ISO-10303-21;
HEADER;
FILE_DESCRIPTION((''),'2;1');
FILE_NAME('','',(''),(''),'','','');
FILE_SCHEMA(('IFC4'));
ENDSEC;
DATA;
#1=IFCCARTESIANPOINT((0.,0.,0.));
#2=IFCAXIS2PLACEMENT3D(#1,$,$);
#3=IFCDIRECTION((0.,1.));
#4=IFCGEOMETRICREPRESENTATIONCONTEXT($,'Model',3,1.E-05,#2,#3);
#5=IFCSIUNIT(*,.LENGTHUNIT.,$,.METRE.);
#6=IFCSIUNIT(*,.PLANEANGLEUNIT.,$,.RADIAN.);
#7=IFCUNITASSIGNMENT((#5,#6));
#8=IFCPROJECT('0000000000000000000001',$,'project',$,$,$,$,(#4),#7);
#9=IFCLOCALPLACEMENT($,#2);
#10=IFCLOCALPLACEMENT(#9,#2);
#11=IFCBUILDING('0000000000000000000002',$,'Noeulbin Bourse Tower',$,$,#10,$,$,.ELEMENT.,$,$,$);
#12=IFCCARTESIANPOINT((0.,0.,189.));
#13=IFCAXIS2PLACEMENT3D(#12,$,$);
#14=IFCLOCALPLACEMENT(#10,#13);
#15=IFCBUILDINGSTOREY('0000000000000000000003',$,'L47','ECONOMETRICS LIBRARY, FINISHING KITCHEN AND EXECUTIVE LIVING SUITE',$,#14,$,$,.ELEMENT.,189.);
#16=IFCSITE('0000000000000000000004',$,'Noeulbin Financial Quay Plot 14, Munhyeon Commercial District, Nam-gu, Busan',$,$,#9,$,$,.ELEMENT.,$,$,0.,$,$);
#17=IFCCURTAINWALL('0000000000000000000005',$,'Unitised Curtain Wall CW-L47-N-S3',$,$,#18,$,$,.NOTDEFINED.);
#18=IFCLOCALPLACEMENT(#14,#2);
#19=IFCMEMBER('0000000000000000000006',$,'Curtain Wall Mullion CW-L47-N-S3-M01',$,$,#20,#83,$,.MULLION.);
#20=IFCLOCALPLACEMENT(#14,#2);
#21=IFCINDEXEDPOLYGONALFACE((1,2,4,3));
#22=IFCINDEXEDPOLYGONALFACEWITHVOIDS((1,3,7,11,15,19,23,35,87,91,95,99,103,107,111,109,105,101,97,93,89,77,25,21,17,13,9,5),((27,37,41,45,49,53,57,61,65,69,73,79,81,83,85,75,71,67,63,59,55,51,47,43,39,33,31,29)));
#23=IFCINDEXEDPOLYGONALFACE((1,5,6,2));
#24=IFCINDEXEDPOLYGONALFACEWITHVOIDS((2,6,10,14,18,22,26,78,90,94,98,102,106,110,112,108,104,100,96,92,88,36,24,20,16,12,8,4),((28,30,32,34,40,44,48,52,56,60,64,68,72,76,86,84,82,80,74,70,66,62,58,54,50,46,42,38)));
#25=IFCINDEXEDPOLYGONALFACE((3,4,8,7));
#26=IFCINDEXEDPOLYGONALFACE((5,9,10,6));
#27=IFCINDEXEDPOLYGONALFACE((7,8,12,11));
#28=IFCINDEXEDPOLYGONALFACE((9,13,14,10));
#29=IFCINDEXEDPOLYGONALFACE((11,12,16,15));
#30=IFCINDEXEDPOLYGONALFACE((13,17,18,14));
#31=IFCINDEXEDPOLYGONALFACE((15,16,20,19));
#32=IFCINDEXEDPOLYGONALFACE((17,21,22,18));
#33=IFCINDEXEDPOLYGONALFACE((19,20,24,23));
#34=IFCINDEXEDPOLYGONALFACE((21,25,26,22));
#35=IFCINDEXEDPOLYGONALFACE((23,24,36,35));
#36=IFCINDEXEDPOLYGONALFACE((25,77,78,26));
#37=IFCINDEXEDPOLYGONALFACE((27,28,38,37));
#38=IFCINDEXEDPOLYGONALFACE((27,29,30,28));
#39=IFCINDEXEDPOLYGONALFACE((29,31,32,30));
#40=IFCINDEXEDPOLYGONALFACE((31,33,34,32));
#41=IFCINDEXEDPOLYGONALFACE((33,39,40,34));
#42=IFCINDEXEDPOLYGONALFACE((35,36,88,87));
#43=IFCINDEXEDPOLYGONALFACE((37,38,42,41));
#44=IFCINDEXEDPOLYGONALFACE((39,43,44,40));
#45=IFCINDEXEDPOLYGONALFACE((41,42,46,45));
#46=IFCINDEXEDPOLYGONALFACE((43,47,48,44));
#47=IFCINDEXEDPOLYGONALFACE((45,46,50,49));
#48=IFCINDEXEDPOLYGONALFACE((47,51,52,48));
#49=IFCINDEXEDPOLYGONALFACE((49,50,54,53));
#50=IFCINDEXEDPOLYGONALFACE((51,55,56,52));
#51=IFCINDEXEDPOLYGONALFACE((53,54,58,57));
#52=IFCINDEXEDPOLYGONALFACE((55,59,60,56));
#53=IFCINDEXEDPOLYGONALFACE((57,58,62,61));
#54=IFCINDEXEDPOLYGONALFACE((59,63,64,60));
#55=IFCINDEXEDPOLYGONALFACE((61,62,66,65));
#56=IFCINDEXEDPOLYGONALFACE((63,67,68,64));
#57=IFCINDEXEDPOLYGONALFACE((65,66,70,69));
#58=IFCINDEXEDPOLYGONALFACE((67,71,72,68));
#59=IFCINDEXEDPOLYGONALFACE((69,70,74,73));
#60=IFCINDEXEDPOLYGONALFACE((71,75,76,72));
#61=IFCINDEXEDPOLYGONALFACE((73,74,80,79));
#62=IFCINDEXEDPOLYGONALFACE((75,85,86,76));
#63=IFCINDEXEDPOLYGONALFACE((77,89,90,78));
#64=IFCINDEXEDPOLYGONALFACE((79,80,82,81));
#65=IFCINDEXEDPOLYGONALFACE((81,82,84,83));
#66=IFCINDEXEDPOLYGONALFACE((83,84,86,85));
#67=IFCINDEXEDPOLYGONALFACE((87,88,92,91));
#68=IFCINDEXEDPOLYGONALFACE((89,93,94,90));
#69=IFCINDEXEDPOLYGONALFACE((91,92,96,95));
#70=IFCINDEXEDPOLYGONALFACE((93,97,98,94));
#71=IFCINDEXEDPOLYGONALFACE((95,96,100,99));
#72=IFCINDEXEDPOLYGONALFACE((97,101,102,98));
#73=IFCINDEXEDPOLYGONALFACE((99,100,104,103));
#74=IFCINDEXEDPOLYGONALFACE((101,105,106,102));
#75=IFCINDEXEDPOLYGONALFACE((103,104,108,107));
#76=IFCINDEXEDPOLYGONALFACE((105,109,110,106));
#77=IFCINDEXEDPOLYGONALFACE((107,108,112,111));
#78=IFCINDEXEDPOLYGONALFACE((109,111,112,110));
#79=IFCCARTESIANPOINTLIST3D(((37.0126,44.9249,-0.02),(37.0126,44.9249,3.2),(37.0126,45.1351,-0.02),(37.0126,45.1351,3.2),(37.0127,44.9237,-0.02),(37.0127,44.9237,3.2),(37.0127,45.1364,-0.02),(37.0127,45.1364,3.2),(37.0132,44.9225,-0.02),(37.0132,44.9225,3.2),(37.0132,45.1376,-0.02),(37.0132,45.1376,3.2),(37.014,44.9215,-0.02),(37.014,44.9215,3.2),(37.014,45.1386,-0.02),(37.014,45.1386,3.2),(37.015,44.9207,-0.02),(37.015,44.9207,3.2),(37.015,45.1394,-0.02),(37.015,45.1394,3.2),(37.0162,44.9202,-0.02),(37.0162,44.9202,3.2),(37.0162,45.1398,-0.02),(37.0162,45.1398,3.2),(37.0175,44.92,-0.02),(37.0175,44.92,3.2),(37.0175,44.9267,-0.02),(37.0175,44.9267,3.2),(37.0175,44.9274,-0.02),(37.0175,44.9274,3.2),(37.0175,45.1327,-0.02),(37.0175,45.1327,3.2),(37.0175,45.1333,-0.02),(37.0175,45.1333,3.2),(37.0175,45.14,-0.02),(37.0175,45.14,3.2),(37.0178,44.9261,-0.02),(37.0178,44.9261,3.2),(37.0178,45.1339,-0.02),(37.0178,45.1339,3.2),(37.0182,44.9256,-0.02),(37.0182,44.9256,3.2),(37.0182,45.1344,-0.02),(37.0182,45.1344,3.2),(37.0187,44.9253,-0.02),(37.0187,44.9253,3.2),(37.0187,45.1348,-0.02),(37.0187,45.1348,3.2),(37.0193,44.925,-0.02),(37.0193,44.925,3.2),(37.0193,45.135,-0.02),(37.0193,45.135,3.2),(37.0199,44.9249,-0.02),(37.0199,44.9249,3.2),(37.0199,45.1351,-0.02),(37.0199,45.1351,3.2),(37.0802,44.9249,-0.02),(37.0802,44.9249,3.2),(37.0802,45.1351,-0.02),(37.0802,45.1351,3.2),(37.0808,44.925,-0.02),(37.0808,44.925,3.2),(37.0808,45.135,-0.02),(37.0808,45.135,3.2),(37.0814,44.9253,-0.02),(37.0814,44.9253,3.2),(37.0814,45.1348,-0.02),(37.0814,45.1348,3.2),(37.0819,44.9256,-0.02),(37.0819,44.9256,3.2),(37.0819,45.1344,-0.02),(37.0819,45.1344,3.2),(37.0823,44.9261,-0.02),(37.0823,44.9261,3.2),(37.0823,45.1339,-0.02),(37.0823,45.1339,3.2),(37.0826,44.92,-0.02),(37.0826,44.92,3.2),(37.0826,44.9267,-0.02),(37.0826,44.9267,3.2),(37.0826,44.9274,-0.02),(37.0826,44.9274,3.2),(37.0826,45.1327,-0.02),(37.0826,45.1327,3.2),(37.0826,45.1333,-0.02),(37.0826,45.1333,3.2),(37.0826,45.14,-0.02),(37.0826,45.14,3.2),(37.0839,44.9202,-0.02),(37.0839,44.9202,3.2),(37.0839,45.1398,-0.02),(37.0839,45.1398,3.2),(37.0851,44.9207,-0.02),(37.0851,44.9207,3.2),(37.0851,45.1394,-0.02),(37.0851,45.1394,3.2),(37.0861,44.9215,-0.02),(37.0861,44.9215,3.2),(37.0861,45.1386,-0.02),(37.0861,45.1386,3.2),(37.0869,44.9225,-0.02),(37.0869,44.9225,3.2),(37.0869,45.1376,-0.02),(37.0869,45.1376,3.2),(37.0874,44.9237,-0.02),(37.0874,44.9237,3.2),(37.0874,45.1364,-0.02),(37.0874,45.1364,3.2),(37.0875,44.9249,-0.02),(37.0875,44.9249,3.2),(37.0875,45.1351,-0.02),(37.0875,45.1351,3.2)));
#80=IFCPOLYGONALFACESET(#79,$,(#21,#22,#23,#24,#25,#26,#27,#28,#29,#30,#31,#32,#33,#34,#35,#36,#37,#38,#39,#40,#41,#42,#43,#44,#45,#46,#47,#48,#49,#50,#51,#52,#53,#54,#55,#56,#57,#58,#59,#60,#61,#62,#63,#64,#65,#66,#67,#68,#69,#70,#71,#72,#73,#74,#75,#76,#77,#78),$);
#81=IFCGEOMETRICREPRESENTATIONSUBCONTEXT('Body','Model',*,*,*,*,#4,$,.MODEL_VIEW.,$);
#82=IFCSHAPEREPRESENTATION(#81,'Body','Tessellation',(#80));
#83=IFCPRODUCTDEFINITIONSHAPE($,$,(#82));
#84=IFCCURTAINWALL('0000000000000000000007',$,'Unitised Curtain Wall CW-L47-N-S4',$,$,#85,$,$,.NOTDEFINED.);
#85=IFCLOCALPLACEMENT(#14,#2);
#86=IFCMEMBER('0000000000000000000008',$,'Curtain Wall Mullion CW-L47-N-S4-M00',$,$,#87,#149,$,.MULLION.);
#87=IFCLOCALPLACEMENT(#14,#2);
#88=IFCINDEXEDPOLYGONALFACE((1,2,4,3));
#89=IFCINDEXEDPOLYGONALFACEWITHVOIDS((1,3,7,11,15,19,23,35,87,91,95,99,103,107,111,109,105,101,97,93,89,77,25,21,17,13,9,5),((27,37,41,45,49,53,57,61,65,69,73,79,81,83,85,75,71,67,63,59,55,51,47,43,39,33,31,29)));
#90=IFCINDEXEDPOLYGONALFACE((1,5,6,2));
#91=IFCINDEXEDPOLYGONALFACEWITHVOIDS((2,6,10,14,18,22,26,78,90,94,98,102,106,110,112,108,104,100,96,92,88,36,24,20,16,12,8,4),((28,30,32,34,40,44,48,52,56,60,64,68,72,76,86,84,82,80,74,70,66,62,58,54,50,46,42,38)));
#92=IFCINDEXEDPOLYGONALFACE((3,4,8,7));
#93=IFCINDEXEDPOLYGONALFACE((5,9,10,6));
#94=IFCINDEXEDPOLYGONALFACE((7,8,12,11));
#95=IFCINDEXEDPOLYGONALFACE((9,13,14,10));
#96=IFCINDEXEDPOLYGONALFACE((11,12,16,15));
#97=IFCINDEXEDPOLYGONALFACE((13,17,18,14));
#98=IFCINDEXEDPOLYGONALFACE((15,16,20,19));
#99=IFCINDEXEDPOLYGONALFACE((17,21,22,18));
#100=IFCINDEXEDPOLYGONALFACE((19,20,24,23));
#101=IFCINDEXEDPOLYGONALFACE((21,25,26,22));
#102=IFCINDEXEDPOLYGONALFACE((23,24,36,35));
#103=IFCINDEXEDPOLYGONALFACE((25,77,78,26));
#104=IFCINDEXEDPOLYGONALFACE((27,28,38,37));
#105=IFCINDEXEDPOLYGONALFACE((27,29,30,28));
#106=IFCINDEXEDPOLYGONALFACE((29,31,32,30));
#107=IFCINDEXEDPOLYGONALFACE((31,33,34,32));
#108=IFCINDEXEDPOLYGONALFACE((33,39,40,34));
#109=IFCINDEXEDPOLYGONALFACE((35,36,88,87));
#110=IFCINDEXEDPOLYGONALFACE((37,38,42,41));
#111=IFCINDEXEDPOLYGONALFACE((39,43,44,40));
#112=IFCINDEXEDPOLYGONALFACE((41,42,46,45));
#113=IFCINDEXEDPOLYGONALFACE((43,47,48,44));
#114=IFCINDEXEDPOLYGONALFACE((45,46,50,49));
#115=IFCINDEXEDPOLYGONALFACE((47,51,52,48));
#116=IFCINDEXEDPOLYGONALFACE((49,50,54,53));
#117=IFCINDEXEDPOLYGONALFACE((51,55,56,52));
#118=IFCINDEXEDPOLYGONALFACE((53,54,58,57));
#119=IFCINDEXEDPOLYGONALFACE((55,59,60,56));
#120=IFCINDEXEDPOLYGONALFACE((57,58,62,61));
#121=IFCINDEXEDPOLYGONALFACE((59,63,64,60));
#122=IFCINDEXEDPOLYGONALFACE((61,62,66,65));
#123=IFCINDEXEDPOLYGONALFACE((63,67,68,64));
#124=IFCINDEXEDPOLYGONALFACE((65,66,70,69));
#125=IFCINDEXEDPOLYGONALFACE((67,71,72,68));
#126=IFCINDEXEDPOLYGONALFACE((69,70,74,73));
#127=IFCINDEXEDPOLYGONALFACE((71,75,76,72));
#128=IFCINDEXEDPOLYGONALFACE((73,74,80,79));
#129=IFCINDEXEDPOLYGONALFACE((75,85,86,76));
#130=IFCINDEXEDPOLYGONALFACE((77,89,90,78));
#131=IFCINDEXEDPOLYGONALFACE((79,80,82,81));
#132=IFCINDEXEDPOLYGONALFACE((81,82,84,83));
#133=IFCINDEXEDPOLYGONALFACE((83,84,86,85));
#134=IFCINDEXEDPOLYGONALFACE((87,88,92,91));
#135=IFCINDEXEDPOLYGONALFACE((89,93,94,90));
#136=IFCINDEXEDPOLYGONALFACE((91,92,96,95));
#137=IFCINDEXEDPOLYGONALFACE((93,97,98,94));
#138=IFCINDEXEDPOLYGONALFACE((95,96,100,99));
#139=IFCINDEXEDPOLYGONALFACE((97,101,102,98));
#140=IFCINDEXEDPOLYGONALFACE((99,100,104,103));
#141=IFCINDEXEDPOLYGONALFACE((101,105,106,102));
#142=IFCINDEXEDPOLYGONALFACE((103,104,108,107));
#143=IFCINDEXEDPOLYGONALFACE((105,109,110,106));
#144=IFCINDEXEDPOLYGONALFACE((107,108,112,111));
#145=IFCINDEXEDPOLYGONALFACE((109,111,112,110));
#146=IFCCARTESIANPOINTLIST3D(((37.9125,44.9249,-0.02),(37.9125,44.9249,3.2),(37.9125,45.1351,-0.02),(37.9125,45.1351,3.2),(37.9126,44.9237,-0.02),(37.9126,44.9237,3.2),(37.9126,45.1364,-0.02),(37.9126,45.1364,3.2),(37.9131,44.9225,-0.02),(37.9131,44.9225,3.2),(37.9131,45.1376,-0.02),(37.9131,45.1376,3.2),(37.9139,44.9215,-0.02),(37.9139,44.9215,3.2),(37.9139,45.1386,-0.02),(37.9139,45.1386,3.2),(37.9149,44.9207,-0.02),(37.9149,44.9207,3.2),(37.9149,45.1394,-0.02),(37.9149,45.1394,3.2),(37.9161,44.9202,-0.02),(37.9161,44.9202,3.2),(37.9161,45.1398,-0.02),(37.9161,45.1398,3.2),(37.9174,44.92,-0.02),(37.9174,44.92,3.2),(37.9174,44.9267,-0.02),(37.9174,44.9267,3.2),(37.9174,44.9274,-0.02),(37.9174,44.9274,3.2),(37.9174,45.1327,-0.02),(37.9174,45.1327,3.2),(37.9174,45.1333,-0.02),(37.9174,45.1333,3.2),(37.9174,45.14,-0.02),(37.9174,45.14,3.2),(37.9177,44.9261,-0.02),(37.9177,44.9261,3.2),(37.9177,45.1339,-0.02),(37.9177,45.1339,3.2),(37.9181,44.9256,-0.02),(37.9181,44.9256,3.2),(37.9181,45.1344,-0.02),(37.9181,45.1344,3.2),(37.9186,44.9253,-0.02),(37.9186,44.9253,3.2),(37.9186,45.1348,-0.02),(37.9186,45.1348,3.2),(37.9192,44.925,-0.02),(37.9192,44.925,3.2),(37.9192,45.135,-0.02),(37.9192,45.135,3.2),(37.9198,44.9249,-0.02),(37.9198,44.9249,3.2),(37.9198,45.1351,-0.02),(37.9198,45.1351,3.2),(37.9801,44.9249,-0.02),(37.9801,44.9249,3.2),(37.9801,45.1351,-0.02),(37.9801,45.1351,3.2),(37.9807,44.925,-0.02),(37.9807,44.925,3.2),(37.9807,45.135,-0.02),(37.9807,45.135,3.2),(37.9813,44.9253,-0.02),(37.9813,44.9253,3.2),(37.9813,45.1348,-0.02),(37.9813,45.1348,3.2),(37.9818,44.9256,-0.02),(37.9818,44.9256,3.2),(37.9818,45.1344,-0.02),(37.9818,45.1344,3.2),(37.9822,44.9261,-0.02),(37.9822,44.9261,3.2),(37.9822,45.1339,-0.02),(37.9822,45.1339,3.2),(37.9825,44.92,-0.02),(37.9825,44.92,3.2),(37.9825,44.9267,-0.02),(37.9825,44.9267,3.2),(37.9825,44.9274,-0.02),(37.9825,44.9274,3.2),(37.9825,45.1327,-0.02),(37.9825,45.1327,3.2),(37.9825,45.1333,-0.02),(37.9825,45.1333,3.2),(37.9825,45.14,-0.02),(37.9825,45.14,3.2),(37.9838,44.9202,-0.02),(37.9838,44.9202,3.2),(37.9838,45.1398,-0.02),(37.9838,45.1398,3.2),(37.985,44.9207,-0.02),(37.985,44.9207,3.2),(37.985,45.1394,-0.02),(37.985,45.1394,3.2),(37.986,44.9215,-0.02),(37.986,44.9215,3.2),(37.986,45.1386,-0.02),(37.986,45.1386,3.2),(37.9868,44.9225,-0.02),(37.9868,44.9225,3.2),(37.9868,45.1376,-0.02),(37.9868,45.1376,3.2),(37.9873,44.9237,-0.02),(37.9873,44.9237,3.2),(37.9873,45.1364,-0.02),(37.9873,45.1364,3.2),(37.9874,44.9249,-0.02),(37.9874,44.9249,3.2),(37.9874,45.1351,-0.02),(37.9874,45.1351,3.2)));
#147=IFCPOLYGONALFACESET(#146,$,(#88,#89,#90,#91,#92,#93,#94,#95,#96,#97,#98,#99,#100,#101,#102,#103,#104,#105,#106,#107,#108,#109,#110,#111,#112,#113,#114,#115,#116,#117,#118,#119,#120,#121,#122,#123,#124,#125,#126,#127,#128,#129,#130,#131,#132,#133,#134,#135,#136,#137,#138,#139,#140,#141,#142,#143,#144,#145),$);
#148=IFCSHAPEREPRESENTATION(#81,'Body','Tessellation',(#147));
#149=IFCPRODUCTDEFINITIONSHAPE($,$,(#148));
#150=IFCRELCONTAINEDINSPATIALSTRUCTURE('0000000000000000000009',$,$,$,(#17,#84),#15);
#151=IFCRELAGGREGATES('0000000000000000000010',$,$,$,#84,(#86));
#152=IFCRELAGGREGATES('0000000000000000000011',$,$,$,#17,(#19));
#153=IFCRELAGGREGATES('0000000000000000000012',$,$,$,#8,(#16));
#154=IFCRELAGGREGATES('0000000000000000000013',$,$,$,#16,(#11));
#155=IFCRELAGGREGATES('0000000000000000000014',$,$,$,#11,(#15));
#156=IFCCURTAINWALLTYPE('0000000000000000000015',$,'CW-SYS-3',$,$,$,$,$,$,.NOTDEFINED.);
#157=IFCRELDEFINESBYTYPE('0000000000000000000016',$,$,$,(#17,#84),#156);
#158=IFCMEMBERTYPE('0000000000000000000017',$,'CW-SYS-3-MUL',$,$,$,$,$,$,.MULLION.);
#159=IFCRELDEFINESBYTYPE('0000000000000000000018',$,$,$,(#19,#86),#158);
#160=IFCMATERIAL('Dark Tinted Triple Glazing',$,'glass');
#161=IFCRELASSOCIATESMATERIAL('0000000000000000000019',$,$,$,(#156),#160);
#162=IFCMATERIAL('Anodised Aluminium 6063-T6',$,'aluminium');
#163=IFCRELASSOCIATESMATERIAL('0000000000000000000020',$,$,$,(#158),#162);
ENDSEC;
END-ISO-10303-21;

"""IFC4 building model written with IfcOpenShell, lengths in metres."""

from ifc_helpers import new_model, si_unit, direction, frame, origin, origin_2d, place, context, subcontext, project, spatial, hollow_rectangle, extrude, material, material_profile, profile_set, type_object, element, aggregate, save


model = new_model("IFC4")

# Units and contexts
model_context = context("Model", 3, precision=1e-05, world=origin(), true_north=direction((0.0, 1.0)))
body_context = subcontext(model_context, "Body", "Model", "MODEL_VIEW")
ifc_project = project(units=[si_unit("LENGTHUNIT", "METRE"), si_unit("PLANEANGLEUNIT", "RADIAN")], contexts=[model_context])

# Site, building, storey
site_placement = place(None, origin())
site = spatial("IfcSite", under=ifc_project, at=site_placement, Name="Noeulbin Financial Quay Plot 14, Munhyeon Commercial District, Nam-gu, Busan", CompositionType="ELEMENT", RefElevation=0.0)
building_placement = place(site_placement, origin())
building = spatial("IfcBuilding", under=site, at=building_placement, Name="Noeulbin Bourse Tower", CompositionType="ELEMENT")
storey_placement = place(building_placement, frame((0.0, 0.0, 189.0)))
storey = spatial("IfcBuildingStorey", under=building, at=storey_placement, Name="L47", Description="ECONOMETRICS LIBRARY, FINISHING KITCHEN AND EXECUTIVE LIVING SUITE", CompositionType="ELEMENT", Elevation=189.0)

# Shared definitions
ifc_material_1 = material(Name="Dark Tinted Triple Glazing", Category="glass")
curtain_wall_type = type_object("IfcCurtainWallType", Name="CW-SYS-3", PredefinedType="NOTDEFINED", material=ifc_material_1)
ifc_material_2 = material(Name="Anodised Aluminium 6063-T6", Category="aluminium")
ifc_material_profile_1 = material_profile(ifc_material_2, hollow_rectangle(XDim=0.075, YDim=0.22, WallThickness=0.0049, InnerFilletRadius=0.0024, OuterFilletRadius=0.0049, at=origin_2d()), Name="ALU-MULL-75x220x5", Category="LoadBearing")
ifc_profile_set_1 = profile_set([ifc_material_profile_1], Name="Anodised Aluminium 6063-T6")
member_type_1 = type_object("IfcMemberType", Name="CW-SYS-3-MUL", PredefinedType="MULLION", material=ifc_profile_set_1)

# Curtain wall, member
curtain_wall_1_placement = place(storey_placement, origin())
curtain_wall_1 = element("IfcCurtainWall", 1, at=curtain_wall_1_placement, inside=storey, type_object=curtain_wall_type, Name="Unitised Curtain Wall CW-L47-N-S3", PredefinedType="NOTDEFINED")
member_1_placement = place(storey_placement, frame((37.05, 45.03, -0.02), z_axis=(0.0, 0.0, 1.0), x_axis=(1.0, 0.0, 0.0)))
member_1 = element("IfcMember", 2, at=member_1_placement, type_object=member_type_1, Name="Curtain Wall Mullion CW-L47-N-S3-M01", PredefinedType="MULLION", context=body_context, shape_type="SweptSolid", body=[
    extrude(hollow_rectangle(XDim=0.075, YDim=0.22, WallThickness=0.0049, InnerFilletRadius=0.0024, OuterFilletRadius=0.0049, at=origin_2d()), origin(), (0.0, 0.0, 1.0), 3.22),
])

# Curtain wall, member
curtain_wall_2_placement = place(storey_placement, origin())
curtain_wall_2 = element("IfcCurtainWall", 3, at=curtain_wall_2_placement, inside=storey, type_object=curtain_wall_type, Name="Unitised Curtain Wall CW-L47-N-S4", PredefinedType="NOTDEFINED")
member_2_placement = place(storey_placement, frame((37.95, 45.03, -0.02), z_axis=(0.0, 0.0, 1.0), x_axis=(1.0, 0.0, 0.0)))
member_2 = element("IfcMember", 4, at=member_2_placement, type_object=member_type_1, Name="Curtain Wall Mullion CW-L47-N-S4-M00", PredefinedType="MULLION", context=body_context, shape_type="SweptSolid", body=[
    extrude(hollow_rectangle(XDim=0.075, YDim=0.22, WallThickness=0.0049, InnerFilletRadius=0.0024, OuterFilletRadius=0.0049, at=origin_2d()), origin(), (0.0, 0.0, 1.0), 3.22),
])

aggregate(curtain_wall_2, [member_2])

aggregate(curtain_wall_1, [member_1])

save(model, "model.ifc")
